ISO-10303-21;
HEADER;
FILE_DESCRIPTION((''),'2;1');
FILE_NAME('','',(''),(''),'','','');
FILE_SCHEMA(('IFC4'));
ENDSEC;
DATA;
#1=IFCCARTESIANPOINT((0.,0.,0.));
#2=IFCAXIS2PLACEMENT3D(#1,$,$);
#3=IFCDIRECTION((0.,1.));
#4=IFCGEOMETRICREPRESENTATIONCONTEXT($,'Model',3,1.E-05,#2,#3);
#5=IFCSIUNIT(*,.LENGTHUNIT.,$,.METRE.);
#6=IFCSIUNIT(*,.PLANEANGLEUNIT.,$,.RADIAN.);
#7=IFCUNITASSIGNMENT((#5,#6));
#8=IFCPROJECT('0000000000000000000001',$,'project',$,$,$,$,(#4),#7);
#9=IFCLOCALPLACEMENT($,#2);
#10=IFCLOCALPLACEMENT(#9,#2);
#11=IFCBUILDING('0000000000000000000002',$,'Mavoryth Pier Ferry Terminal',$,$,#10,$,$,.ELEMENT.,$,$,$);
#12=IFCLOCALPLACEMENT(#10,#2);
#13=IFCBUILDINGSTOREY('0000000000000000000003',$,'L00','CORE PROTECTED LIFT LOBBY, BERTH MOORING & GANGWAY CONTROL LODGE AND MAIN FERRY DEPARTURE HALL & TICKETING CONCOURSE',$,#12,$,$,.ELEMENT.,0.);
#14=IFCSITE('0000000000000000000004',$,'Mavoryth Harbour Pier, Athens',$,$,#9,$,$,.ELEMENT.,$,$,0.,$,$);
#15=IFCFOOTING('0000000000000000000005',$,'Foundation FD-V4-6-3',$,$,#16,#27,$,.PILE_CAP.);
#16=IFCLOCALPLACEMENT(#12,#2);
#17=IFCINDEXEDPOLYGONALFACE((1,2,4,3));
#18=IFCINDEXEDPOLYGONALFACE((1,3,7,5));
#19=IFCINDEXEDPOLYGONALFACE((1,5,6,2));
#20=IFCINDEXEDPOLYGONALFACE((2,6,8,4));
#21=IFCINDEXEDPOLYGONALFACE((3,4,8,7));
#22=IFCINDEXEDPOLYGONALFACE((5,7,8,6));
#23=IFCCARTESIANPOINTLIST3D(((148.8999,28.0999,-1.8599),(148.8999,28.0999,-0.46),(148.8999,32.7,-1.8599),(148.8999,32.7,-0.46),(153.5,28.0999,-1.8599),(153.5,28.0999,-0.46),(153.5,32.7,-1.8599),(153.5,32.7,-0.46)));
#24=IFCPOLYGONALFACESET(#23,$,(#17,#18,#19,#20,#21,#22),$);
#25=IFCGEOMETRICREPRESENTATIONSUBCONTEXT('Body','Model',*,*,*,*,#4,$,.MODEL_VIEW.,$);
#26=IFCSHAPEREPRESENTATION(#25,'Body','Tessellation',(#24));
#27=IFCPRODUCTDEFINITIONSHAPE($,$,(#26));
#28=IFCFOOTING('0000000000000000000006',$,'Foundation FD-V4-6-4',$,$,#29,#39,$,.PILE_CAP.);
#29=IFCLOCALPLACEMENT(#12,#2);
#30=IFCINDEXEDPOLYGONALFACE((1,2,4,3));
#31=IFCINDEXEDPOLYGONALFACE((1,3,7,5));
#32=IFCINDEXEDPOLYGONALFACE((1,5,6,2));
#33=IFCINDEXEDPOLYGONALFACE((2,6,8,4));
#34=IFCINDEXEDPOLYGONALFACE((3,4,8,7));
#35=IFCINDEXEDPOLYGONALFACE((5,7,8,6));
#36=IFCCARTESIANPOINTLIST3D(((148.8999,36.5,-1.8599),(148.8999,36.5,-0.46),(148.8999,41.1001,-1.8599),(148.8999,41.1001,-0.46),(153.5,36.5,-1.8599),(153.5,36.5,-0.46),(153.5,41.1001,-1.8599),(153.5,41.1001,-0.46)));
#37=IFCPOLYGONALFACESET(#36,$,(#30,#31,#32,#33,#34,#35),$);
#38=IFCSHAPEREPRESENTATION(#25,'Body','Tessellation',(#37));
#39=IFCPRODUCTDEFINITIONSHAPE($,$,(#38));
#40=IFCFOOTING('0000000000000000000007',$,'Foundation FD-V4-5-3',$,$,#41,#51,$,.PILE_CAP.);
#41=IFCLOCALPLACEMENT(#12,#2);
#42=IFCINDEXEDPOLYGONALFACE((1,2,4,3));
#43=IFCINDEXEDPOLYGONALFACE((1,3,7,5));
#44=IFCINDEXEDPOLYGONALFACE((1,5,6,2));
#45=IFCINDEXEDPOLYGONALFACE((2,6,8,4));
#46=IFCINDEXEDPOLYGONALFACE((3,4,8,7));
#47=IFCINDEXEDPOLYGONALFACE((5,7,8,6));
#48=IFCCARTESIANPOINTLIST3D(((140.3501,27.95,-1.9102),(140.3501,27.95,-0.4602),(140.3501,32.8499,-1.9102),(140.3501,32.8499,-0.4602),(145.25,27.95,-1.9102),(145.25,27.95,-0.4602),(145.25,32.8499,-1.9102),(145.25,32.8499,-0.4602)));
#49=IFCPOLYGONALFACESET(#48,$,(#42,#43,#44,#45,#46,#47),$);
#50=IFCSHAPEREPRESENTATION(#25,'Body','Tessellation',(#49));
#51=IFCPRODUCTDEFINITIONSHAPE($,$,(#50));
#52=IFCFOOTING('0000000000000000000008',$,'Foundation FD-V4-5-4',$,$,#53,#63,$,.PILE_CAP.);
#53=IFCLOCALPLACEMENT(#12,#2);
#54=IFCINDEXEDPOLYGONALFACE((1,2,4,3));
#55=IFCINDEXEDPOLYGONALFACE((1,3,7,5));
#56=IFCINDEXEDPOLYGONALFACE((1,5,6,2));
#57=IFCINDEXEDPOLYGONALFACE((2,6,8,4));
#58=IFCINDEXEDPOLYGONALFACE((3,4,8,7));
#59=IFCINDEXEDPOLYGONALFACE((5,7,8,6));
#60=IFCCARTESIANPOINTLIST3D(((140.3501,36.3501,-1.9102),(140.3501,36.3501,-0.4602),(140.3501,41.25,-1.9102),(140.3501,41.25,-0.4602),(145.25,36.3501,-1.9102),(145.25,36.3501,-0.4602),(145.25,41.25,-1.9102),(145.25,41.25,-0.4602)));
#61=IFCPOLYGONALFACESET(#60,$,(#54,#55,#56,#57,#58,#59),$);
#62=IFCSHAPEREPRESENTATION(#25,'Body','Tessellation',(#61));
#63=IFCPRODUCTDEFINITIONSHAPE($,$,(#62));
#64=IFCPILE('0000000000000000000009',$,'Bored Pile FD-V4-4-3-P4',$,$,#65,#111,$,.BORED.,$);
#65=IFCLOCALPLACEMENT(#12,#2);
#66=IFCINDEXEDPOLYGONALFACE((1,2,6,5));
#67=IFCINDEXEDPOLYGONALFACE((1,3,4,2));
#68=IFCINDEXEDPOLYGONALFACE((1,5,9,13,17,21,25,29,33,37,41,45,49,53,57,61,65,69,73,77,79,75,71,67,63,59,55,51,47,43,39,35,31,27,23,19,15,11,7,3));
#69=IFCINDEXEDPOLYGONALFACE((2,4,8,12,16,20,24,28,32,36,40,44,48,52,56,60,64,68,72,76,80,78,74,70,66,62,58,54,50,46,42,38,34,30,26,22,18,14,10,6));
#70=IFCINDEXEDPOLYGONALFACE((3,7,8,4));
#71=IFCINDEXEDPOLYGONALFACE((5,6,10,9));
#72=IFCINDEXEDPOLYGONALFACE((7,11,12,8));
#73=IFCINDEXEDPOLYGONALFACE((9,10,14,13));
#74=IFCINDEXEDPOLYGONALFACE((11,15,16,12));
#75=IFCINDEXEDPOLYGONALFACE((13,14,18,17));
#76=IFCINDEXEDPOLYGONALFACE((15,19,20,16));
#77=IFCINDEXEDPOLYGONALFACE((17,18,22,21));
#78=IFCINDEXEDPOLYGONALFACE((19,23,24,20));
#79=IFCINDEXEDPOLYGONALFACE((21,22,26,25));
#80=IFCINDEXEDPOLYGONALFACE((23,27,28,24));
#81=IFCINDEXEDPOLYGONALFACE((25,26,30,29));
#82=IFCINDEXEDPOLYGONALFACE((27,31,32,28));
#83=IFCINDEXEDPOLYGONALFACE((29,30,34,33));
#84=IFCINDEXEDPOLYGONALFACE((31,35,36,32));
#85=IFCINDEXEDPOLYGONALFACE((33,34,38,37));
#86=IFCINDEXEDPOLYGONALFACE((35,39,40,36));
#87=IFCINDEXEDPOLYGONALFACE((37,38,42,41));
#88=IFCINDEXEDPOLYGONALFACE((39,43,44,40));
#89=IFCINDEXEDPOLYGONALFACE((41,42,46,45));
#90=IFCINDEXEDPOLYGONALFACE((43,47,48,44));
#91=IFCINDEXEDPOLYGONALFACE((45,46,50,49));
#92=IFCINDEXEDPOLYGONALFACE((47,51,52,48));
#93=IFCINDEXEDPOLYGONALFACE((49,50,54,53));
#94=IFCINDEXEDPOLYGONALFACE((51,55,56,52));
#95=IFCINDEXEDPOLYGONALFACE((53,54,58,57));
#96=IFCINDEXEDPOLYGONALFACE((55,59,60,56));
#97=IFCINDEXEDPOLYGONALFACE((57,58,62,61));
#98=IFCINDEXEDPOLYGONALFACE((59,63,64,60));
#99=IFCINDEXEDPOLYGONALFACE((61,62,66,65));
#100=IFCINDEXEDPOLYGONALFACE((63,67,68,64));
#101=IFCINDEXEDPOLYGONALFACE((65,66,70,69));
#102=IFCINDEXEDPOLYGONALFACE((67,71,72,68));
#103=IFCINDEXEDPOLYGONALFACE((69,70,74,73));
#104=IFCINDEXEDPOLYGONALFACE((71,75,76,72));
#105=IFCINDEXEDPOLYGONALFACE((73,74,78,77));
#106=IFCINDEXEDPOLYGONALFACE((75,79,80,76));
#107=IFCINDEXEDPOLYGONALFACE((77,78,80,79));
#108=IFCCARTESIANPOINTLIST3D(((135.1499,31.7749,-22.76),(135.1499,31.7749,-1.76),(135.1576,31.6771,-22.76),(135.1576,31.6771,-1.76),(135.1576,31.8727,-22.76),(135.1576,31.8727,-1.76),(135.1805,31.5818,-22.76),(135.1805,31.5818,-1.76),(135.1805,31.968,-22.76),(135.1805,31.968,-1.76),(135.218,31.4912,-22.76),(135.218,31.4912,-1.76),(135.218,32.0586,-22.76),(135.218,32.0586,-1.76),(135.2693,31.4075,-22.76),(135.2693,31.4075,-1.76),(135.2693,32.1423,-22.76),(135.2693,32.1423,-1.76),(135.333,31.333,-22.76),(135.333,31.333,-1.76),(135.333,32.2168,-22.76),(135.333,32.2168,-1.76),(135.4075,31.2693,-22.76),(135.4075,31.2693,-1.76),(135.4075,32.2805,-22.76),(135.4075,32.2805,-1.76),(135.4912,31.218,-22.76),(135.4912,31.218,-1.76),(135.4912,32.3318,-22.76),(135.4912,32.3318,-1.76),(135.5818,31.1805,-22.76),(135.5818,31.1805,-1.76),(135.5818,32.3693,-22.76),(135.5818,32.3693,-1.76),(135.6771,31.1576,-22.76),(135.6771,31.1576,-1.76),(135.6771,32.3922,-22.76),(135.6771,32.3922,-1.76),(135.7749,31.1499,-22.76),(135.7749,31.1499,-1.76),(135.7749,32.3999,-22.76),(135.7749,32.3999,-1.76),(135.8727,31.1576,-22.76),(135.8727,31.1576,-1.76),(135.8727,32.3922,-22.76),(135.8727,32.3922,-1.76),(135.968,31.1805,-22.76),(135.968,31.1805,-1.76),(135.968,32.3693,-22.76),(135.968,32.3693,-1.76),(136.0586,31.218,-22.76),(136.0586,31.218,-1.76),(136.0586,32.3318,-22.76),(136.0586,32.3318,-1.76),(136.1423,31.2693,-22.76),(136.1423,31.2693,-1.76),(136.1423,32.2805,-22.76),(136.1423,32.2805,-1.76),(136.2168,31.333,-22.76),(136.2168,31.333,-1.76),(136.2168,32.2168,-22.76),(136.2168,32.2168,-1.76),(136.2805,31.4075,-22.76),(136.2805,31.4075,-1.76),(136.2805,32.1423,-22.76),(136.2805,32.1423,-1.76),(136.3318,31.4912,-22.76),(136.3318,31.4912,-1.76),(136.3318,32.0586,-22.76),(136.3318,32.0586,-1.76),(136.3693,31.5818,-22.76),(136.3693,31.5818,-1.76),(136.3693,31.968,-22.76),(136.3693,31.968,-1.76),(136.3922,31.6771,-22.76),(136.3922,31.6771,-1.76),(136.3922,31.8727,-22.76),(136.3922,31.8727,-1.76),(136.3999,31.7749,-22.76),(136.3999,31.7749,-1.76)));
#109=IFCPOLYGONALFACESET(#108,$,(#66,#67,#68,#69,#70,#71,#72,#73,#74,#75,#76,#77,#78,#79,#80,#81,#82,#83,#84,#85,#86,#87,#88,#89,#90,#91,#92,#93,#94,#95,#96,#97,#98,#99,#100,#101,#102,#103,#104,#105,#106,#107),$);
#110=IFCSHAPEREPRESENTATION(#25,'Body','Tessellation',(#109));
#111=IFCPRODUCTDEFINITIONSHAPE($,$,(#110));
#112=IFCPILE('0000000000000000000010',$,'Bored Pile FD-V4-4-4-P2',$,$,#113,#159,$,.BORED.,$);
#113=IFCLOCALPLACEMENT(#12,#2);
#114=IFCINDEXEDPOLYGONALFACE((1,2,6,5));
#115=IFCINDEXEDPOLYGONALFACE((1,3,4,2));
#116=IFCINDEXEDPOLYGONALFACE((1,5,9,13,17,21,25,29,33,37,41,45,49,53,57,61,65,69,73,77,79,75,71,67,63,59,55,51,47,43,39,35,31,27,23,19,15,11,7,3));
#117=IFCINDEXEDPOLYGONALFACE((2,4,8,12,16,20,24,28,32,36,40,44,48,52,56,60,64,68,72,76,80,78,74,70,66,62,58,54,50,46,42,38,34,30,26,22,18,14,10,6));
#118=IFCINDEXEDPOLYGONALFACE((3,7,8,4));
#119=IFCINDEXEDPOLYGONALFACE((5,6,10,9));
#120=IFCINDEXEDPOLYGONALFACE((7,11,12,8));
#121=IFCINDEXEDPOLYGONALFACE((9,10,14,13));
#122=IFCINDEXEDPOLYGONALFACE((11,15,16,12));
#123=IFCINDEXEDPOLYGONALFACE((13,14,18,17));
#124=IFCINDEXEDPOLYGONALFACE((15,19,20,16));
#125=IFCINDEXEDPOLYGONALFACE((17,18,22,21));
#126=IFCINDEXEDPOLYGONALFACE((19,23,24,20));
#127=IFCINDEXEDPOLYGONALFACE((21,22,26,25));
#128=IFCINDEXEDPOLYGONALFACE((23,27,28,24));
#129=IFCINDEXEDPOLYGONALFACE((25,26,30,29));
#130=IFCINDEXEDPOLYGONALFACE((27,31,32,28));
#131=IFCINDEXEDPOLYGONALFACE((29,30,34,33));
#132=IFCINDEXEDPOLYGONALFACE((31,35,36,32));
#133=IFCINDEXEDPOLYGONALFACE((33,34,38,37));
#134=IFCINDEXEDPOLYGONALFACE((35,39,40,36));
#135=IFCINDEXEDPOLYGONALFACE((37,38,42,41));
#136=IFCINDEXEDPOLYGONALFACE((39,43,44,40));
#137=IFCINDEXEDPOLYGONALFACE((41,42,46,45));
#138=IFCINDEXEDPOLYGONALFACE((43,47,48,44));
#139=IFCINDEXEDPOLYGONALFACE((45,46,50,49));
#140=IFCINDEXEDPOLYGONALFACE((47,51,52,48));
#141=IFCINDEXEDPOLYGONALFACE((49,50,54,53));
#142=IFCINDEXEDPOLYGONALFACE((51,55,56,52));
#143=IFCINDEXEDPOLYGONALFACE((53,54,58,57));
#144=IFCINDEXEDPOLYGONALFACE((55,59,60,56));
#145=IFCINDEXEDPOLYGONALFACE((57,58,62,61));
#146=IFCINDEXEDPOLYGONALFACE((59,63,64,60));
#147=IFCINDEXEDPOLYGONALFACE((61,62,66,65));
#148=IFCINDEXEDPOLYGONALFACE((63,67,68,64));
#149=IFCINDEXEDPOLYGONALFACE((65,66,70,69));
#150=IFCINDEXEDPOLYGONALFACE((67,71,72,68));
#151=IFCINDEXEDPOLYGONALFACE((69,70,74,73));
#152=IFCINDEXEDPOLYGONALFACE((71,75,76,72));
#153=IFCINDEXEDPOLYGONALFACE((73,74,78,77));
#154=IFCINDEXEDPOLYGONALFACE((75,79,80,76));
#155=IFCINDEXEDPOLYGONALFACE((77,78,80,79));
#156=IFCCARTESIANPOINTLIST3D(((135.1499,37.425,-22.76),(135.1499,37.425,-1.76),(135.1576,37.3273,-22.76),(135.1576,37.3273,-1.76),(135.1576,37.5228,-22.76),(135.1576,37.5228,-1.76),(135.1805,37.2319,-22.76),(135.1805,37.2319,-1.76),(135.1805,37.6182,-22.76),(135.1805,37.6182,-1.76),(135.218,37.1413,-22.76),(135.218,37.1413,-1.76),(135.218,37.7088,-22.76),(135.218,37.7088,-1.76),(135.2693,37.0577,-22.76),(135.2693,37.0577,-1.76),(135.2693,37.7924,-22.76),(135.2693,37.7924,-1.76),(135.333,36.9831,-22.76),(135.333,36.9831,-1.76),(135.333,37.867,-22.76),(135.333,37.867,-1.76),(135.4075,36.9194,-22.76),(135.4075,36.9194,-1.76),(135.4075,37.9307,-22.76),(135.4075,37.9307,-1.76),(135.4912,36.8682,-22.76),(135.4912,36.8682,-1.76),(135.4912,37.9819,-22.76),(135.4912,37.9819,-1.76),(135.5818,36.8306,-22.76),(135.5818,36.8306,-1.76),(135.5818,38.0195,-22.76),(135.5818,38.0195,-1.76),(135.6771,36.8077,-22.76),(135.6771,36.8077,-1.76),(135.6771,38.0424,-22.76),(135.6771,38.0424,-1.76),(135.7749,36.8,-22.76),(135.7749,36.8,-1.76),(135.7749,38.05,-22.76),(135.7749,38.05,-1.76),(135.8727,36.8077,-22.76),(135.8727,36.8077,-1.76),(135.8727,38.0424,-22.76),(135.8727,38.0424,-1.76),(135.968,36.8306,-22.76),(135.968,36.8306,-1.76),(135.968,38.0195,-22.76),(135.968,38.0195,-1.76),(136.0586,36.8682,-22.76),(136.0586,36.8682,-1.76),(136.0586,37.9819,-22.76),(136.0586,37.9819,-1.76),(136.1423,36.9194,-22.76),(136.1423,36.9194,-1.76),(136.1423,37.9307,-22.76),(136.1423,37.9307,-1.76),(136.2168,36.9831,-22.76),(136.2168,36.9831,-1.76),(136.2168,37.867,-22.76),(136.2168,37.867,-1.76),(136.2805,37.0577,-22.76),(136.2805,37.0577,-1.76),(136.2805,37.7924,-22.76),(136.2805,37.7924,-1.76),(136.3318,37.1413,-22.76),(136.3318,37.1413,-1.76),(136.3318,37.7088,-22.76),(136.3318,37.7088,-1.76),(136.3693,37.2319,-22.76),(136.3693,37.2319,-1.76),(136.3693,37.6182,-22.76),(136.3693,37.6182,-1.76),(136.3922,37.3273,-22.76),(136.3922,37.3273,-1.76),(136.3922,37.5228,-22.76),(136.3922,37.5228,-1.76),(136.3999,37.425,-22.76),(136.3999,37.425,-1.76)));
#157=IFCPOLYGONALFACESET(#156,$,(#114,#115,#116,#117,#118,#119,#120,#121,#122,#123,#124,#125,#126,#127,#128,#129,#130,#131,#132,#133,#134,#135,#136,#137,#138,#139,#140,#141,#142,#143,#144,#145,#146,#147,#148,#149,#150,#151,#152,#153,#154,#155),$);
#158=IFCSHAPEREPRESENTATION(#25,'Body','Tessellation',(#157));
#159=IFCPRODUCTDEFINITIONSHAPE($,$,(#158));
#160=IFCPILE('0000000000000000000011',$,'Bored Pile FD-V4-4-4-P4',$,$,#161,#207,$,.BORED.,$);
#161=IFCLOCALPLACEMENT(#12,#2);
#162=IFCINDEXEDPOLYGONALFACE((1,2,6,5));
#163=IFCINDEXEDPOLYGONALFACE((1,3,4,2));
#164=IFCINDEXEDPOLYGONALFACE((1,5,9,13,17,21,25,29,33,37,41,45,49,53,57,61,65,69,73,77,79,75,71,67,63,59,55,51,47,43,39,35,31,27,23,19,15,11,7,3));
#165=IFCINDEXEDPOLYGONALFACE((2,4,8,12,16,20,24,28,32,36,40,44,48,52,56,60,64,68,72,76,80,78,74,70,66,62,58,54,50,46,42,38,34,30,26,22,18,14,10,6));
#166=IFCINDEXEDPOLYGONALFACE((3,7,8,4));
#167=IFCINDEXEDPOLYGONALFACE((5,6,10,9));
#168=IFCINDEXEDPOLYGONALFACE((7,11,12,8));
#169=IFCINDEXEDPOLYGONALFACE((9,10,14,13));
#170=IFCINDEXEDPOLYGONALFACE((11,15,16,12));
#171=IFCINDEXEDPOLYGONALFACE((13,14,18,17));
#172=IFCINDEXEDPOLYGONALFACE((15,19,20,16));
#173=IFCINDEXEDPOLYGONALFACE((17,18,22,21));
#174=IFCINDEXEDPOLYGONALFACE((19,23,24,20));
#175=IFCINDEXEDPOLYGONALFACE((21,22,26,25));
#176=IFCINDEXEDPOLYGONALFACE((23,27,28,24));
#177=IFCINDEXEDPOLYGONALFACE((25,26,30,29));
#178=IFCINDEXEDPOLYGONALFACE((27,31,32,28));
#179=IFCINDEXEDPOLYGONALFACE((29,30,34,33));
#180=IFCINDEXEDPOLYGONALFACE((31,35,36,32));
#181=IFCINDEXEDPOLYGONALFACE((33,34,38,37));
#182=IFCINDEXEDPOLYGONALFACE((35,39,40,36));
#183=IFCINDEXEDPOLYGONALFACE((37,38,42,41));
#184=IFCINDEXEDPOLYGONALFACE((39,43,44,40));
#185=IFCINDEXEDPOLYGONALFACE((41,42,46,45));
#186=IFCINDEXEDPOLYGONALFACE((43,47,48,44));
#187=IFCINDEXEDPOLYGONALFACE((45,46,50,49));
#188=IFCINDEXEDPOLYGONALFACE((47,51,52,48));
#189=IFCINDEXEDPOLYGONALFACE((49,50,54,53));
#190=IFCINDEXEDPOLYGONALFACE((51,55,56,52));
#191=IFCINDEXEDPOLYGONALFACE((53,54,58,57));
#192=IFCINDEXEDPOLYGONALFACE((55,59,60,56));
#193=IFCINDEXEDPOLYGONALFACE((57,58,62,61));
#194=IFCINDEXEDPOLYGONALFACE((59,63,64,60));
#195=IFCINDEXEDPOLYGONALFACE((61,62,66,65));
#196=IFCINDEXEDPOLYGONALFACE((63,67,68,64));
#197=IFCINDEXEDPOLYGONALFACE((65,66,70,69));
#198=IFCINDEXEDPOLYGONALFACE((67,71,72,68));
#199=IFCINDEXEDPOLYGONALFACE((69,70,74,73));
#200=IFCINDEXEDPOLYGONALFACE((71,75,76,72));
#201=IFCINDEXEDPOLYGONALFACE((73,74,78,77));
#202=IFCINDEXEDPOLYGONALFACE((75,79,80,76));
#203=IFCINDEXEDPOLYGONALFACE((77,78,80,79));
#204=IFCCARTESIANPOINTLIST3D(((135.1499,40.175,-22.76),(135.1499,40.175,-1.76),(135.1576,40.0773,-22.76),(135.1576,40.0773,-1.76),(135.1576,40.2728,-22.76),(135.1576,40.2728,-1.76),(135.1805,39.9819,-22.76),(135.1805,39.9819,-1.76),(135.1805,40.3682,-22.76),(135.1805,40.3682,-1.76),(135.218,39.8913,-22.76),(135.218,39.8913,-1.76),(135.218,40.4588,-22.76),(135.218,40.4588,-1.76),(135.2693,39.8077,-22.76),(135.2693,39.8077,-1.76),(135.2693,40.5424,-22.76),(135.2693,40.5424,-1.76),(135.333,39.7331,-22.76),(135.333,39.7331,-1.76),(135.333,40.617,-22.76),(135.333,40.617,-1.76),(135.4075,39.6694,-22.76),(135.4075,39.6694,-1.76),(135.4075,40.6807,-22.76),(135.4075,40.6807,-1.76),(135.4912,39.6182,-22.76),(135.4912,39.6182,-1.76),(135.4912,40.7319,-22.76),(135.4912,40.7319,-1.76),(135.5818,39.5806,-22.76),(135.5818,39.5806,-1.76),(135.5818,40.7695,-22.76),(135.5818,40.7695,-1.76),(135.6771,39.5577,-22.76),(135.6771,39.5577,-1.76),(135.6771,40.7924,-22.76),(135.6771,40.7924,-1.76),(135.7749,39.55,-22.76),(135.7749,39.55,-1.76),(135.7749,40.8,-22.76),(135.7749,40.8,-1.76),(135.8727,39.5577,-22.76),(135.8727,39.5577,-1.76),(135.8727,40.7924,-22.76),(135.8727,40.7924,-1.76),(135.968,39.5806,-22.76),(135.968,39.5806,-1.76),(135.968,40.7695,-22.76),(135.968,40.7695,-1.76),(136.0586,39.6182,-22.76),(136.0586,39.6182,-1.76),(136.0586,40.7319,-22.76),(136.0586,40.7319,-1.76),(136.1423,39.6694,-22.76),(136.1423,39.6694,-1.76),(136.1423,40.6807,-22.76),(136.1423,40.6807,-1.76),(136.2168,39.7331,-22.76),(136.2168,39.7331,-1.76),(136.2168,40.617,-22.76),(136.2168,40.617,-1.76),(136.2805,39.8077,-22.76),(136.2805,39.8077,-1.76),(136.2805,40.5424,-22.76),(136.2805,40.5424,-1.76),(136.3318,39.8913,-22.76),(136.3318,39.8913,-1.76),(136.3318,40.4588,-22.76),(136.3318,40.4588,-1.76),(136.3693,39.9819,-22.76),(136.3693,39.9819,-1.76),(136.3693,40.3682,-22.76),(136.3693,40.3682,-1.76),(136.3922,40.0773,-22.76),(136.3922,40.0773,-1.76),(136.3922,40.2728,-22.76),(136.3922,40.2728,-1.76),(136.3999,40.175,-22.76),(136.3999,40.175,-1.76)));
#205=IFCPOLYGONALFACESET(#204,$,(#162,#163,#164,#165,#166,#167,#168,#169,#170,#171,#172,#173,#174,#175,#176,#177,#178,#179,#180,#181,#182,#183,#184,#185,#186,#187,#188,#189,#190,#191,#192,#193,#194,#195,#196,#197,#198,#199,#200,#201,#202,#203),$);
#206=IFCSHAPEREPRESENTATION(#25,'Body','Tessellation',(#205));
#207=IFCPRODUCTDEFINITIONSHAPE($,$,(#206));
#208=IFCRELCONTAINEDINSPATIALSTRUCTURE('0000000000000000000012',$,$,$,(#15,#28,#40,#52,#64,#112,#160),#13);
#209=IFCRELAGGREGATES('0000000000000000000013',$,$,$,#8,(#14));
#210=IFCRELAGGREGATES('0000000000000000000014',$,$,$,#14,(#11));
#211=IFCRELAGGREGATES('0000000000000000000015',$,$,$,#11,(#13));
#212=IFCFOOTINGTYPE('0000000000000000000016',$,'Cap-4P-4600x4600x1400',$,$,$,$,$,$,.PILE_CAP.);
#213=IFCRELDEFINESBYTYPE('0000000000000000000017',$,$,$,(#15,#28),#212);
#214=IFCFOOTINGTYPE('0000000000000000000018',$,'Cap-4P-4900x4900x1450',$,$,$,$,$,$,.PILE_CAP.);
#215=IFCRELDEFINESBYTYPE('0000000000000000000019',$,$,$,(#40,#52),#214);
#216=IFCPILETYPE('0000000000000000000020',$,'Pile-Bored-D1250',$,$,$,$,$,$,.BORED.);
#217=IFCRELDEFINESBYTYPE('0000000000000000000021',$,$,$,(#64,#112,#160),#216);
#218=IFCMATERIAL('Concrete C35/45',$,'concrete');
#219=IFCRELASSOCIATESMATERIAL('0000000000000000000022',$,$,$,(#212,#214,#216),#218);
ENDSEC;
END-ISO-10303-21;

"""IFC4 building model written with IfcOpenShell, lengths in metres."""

from ifc_helpers import new_model, si_unit, direction, frame, origin, origin_2d, place, context, subcontext, project, spatial, rectangle, circle, extrude, material, material_profile, profile_set, type_object, element, save


model = new_model("IFC4")

# Units and contexts
model_context = context("Model", 3, precision=1e-05, world=origin(), true_north=direction((0.0, 1.0)))
body_context = subcontext(model_context, "Body", "Model", "MODEL_VIEW")
ifc_project = project(units=[si_unit("LENGTHUNIT", "METRE"), si_unit("PLANEANGLEUNIT", "RADIAN")], contexts=[model_context])

# Site, building, storey
site_placement = place(None, origin())
site = spatial("IfcSite", under=ifc_project, at=site_placement, Name="Mavoryth Harbour Pier, Athens", CompositionType="ELEMENT", RefElevation=0.0)
building_placement = place(site_placement, origin())
building = spatial("IfcBuilding", under=site, at=building_placement, Name="Mavoryth Pier Ferry Terminal", CompositionType="ELEMENT")
storey_placement = place(building_placement, origin())
storey = spatial("IfcBuildingStorey", under=building, at=storey_placement, Name="L00", Description="CORE PROTECTED LIFT LOBBY, BERTH MOORING & GANGWAY CONTROL LODGE AND MAIN FERRY DEPARTURE HALL & TICKETING CONCOURSE", CompositionType="ELEMENT", Elevation=0.0)

# Footings
ifc_material_1 = material(Name="Concrete C35/45", Category="concrete")
footing_type_1 = type_object("IfcFootingType", Name="Cap-4P-4600x4600x1400", PredefinedType="PILE_CAP", material=ifc_material_1)
for number, where, z_axis, x_axis, name in (
    (1, (151.2, 30.3999, -1.8599), (0.0, 0.0, 1.0), (1.0, 0.0, 0.0), "Foundation FD-V4-6-3"),
    (2, (151.2, 38.8, -1.8599), (0.0, 0.0, 1.0), (1.0, 0.0, 0.0), "Foundation FD-V4-6-4"),
):
    element("IfcFooting", number, at=place(storey_placement, frame(where, z_axis=z_axis, x_axis=x_axis)), inside=storey, type_object=footing_type_1, Name=name, PredefinedType="PILE_CAP", context=body_context, shape_type="SweptSolid", body=[
        extrude(rectangle(XDim=4.6001, YDim=4.6001, at=origin_2d()), origin(), (0.0, 0.0, 1.0), 1.3999),
    ])
footing_type_2 = type_object("IfcFootingType", Name="Cap-4P-4900x4900x1450", PredefinedType="PILE_CAP", material=ifc_material_1)
for number, where, z_axis, x_axis, name in (
    (3, (142.8, 30.3999, -1.9102), (0.0, 0.0, 1.0), (1.0, 0.0, 0.0), "Foundation FD-V4-5-3"),
    (4, (142.8, 38.8, -1.9102), (0.0, 0.0, 1.0), (1.0, 0.0, 0.0), "Foundation FD-V4-5-4"),
):
    element("IfcFooting", number, at=place(storey_placement, frame(where, z_axis=z_axis, x_axis=x_axis)), inside=storey, type_object=footing_type_2, Name=name, PredefinedType="PILE_CAP", context=body_context, shape_type="SweptSolid", body=[
        extrude(rectangle(XDim=4.8999, YDim=4.8999, at=origin_2d()), origin(), (0.0, 0.0, 1.0), 1.45),
    ])

# Piles
ifc_material_profile_1 = material_profile(ifc_material_1, circle(Radius=0.625, at=origin_2d()), Name="PILE D1250", Category="concrete")
ifc_profile_set_1 = profile_set([ifc_material_profile_1], Name="Concrete C35/45 - PILE D1250")
pile_type = type_object("IfcPileType", Name="Pile-Bored-D1250", PredefinedType="BORED", material=ifc_profile_set_1)
for number, where, z_axis, x_axis, name in (
    (5, (135.7749, 31.7749, -1.76), (0.0, 0.0, -1.0), (1.0, 0.0, 0.0), "Bored Pile FD-V4-4-3-P4"),
    (6, (135.7749, 37.425, -1.76), (0.0, 0.0, -1.0), (1.0, 0.0, 0.0), "Bored Pile FD-V4-4-4-P2"),
    (7, (135.7749, 40.175, -1.76), (0.0, 0.0, -1.0), (1.0, 0.0, 0.0), "Bored Pile FD-V4-4-4-P4"),
):
    element("IfcPile", number, at=place(storey_placement, frame(where, z_axis=z_axis, x_axis=x_axis)), inside=storey, type_object=pile_type, Name=name, PredefinedType="BORED", context=body_context, shape_type="SweptSolid", body=[
        extrude(circle(Radius=0.625, at=origin_2d()), origin(), (0.0, 0.0, 1.0), 21.0),
    ])

save(model, "model.ifc")
